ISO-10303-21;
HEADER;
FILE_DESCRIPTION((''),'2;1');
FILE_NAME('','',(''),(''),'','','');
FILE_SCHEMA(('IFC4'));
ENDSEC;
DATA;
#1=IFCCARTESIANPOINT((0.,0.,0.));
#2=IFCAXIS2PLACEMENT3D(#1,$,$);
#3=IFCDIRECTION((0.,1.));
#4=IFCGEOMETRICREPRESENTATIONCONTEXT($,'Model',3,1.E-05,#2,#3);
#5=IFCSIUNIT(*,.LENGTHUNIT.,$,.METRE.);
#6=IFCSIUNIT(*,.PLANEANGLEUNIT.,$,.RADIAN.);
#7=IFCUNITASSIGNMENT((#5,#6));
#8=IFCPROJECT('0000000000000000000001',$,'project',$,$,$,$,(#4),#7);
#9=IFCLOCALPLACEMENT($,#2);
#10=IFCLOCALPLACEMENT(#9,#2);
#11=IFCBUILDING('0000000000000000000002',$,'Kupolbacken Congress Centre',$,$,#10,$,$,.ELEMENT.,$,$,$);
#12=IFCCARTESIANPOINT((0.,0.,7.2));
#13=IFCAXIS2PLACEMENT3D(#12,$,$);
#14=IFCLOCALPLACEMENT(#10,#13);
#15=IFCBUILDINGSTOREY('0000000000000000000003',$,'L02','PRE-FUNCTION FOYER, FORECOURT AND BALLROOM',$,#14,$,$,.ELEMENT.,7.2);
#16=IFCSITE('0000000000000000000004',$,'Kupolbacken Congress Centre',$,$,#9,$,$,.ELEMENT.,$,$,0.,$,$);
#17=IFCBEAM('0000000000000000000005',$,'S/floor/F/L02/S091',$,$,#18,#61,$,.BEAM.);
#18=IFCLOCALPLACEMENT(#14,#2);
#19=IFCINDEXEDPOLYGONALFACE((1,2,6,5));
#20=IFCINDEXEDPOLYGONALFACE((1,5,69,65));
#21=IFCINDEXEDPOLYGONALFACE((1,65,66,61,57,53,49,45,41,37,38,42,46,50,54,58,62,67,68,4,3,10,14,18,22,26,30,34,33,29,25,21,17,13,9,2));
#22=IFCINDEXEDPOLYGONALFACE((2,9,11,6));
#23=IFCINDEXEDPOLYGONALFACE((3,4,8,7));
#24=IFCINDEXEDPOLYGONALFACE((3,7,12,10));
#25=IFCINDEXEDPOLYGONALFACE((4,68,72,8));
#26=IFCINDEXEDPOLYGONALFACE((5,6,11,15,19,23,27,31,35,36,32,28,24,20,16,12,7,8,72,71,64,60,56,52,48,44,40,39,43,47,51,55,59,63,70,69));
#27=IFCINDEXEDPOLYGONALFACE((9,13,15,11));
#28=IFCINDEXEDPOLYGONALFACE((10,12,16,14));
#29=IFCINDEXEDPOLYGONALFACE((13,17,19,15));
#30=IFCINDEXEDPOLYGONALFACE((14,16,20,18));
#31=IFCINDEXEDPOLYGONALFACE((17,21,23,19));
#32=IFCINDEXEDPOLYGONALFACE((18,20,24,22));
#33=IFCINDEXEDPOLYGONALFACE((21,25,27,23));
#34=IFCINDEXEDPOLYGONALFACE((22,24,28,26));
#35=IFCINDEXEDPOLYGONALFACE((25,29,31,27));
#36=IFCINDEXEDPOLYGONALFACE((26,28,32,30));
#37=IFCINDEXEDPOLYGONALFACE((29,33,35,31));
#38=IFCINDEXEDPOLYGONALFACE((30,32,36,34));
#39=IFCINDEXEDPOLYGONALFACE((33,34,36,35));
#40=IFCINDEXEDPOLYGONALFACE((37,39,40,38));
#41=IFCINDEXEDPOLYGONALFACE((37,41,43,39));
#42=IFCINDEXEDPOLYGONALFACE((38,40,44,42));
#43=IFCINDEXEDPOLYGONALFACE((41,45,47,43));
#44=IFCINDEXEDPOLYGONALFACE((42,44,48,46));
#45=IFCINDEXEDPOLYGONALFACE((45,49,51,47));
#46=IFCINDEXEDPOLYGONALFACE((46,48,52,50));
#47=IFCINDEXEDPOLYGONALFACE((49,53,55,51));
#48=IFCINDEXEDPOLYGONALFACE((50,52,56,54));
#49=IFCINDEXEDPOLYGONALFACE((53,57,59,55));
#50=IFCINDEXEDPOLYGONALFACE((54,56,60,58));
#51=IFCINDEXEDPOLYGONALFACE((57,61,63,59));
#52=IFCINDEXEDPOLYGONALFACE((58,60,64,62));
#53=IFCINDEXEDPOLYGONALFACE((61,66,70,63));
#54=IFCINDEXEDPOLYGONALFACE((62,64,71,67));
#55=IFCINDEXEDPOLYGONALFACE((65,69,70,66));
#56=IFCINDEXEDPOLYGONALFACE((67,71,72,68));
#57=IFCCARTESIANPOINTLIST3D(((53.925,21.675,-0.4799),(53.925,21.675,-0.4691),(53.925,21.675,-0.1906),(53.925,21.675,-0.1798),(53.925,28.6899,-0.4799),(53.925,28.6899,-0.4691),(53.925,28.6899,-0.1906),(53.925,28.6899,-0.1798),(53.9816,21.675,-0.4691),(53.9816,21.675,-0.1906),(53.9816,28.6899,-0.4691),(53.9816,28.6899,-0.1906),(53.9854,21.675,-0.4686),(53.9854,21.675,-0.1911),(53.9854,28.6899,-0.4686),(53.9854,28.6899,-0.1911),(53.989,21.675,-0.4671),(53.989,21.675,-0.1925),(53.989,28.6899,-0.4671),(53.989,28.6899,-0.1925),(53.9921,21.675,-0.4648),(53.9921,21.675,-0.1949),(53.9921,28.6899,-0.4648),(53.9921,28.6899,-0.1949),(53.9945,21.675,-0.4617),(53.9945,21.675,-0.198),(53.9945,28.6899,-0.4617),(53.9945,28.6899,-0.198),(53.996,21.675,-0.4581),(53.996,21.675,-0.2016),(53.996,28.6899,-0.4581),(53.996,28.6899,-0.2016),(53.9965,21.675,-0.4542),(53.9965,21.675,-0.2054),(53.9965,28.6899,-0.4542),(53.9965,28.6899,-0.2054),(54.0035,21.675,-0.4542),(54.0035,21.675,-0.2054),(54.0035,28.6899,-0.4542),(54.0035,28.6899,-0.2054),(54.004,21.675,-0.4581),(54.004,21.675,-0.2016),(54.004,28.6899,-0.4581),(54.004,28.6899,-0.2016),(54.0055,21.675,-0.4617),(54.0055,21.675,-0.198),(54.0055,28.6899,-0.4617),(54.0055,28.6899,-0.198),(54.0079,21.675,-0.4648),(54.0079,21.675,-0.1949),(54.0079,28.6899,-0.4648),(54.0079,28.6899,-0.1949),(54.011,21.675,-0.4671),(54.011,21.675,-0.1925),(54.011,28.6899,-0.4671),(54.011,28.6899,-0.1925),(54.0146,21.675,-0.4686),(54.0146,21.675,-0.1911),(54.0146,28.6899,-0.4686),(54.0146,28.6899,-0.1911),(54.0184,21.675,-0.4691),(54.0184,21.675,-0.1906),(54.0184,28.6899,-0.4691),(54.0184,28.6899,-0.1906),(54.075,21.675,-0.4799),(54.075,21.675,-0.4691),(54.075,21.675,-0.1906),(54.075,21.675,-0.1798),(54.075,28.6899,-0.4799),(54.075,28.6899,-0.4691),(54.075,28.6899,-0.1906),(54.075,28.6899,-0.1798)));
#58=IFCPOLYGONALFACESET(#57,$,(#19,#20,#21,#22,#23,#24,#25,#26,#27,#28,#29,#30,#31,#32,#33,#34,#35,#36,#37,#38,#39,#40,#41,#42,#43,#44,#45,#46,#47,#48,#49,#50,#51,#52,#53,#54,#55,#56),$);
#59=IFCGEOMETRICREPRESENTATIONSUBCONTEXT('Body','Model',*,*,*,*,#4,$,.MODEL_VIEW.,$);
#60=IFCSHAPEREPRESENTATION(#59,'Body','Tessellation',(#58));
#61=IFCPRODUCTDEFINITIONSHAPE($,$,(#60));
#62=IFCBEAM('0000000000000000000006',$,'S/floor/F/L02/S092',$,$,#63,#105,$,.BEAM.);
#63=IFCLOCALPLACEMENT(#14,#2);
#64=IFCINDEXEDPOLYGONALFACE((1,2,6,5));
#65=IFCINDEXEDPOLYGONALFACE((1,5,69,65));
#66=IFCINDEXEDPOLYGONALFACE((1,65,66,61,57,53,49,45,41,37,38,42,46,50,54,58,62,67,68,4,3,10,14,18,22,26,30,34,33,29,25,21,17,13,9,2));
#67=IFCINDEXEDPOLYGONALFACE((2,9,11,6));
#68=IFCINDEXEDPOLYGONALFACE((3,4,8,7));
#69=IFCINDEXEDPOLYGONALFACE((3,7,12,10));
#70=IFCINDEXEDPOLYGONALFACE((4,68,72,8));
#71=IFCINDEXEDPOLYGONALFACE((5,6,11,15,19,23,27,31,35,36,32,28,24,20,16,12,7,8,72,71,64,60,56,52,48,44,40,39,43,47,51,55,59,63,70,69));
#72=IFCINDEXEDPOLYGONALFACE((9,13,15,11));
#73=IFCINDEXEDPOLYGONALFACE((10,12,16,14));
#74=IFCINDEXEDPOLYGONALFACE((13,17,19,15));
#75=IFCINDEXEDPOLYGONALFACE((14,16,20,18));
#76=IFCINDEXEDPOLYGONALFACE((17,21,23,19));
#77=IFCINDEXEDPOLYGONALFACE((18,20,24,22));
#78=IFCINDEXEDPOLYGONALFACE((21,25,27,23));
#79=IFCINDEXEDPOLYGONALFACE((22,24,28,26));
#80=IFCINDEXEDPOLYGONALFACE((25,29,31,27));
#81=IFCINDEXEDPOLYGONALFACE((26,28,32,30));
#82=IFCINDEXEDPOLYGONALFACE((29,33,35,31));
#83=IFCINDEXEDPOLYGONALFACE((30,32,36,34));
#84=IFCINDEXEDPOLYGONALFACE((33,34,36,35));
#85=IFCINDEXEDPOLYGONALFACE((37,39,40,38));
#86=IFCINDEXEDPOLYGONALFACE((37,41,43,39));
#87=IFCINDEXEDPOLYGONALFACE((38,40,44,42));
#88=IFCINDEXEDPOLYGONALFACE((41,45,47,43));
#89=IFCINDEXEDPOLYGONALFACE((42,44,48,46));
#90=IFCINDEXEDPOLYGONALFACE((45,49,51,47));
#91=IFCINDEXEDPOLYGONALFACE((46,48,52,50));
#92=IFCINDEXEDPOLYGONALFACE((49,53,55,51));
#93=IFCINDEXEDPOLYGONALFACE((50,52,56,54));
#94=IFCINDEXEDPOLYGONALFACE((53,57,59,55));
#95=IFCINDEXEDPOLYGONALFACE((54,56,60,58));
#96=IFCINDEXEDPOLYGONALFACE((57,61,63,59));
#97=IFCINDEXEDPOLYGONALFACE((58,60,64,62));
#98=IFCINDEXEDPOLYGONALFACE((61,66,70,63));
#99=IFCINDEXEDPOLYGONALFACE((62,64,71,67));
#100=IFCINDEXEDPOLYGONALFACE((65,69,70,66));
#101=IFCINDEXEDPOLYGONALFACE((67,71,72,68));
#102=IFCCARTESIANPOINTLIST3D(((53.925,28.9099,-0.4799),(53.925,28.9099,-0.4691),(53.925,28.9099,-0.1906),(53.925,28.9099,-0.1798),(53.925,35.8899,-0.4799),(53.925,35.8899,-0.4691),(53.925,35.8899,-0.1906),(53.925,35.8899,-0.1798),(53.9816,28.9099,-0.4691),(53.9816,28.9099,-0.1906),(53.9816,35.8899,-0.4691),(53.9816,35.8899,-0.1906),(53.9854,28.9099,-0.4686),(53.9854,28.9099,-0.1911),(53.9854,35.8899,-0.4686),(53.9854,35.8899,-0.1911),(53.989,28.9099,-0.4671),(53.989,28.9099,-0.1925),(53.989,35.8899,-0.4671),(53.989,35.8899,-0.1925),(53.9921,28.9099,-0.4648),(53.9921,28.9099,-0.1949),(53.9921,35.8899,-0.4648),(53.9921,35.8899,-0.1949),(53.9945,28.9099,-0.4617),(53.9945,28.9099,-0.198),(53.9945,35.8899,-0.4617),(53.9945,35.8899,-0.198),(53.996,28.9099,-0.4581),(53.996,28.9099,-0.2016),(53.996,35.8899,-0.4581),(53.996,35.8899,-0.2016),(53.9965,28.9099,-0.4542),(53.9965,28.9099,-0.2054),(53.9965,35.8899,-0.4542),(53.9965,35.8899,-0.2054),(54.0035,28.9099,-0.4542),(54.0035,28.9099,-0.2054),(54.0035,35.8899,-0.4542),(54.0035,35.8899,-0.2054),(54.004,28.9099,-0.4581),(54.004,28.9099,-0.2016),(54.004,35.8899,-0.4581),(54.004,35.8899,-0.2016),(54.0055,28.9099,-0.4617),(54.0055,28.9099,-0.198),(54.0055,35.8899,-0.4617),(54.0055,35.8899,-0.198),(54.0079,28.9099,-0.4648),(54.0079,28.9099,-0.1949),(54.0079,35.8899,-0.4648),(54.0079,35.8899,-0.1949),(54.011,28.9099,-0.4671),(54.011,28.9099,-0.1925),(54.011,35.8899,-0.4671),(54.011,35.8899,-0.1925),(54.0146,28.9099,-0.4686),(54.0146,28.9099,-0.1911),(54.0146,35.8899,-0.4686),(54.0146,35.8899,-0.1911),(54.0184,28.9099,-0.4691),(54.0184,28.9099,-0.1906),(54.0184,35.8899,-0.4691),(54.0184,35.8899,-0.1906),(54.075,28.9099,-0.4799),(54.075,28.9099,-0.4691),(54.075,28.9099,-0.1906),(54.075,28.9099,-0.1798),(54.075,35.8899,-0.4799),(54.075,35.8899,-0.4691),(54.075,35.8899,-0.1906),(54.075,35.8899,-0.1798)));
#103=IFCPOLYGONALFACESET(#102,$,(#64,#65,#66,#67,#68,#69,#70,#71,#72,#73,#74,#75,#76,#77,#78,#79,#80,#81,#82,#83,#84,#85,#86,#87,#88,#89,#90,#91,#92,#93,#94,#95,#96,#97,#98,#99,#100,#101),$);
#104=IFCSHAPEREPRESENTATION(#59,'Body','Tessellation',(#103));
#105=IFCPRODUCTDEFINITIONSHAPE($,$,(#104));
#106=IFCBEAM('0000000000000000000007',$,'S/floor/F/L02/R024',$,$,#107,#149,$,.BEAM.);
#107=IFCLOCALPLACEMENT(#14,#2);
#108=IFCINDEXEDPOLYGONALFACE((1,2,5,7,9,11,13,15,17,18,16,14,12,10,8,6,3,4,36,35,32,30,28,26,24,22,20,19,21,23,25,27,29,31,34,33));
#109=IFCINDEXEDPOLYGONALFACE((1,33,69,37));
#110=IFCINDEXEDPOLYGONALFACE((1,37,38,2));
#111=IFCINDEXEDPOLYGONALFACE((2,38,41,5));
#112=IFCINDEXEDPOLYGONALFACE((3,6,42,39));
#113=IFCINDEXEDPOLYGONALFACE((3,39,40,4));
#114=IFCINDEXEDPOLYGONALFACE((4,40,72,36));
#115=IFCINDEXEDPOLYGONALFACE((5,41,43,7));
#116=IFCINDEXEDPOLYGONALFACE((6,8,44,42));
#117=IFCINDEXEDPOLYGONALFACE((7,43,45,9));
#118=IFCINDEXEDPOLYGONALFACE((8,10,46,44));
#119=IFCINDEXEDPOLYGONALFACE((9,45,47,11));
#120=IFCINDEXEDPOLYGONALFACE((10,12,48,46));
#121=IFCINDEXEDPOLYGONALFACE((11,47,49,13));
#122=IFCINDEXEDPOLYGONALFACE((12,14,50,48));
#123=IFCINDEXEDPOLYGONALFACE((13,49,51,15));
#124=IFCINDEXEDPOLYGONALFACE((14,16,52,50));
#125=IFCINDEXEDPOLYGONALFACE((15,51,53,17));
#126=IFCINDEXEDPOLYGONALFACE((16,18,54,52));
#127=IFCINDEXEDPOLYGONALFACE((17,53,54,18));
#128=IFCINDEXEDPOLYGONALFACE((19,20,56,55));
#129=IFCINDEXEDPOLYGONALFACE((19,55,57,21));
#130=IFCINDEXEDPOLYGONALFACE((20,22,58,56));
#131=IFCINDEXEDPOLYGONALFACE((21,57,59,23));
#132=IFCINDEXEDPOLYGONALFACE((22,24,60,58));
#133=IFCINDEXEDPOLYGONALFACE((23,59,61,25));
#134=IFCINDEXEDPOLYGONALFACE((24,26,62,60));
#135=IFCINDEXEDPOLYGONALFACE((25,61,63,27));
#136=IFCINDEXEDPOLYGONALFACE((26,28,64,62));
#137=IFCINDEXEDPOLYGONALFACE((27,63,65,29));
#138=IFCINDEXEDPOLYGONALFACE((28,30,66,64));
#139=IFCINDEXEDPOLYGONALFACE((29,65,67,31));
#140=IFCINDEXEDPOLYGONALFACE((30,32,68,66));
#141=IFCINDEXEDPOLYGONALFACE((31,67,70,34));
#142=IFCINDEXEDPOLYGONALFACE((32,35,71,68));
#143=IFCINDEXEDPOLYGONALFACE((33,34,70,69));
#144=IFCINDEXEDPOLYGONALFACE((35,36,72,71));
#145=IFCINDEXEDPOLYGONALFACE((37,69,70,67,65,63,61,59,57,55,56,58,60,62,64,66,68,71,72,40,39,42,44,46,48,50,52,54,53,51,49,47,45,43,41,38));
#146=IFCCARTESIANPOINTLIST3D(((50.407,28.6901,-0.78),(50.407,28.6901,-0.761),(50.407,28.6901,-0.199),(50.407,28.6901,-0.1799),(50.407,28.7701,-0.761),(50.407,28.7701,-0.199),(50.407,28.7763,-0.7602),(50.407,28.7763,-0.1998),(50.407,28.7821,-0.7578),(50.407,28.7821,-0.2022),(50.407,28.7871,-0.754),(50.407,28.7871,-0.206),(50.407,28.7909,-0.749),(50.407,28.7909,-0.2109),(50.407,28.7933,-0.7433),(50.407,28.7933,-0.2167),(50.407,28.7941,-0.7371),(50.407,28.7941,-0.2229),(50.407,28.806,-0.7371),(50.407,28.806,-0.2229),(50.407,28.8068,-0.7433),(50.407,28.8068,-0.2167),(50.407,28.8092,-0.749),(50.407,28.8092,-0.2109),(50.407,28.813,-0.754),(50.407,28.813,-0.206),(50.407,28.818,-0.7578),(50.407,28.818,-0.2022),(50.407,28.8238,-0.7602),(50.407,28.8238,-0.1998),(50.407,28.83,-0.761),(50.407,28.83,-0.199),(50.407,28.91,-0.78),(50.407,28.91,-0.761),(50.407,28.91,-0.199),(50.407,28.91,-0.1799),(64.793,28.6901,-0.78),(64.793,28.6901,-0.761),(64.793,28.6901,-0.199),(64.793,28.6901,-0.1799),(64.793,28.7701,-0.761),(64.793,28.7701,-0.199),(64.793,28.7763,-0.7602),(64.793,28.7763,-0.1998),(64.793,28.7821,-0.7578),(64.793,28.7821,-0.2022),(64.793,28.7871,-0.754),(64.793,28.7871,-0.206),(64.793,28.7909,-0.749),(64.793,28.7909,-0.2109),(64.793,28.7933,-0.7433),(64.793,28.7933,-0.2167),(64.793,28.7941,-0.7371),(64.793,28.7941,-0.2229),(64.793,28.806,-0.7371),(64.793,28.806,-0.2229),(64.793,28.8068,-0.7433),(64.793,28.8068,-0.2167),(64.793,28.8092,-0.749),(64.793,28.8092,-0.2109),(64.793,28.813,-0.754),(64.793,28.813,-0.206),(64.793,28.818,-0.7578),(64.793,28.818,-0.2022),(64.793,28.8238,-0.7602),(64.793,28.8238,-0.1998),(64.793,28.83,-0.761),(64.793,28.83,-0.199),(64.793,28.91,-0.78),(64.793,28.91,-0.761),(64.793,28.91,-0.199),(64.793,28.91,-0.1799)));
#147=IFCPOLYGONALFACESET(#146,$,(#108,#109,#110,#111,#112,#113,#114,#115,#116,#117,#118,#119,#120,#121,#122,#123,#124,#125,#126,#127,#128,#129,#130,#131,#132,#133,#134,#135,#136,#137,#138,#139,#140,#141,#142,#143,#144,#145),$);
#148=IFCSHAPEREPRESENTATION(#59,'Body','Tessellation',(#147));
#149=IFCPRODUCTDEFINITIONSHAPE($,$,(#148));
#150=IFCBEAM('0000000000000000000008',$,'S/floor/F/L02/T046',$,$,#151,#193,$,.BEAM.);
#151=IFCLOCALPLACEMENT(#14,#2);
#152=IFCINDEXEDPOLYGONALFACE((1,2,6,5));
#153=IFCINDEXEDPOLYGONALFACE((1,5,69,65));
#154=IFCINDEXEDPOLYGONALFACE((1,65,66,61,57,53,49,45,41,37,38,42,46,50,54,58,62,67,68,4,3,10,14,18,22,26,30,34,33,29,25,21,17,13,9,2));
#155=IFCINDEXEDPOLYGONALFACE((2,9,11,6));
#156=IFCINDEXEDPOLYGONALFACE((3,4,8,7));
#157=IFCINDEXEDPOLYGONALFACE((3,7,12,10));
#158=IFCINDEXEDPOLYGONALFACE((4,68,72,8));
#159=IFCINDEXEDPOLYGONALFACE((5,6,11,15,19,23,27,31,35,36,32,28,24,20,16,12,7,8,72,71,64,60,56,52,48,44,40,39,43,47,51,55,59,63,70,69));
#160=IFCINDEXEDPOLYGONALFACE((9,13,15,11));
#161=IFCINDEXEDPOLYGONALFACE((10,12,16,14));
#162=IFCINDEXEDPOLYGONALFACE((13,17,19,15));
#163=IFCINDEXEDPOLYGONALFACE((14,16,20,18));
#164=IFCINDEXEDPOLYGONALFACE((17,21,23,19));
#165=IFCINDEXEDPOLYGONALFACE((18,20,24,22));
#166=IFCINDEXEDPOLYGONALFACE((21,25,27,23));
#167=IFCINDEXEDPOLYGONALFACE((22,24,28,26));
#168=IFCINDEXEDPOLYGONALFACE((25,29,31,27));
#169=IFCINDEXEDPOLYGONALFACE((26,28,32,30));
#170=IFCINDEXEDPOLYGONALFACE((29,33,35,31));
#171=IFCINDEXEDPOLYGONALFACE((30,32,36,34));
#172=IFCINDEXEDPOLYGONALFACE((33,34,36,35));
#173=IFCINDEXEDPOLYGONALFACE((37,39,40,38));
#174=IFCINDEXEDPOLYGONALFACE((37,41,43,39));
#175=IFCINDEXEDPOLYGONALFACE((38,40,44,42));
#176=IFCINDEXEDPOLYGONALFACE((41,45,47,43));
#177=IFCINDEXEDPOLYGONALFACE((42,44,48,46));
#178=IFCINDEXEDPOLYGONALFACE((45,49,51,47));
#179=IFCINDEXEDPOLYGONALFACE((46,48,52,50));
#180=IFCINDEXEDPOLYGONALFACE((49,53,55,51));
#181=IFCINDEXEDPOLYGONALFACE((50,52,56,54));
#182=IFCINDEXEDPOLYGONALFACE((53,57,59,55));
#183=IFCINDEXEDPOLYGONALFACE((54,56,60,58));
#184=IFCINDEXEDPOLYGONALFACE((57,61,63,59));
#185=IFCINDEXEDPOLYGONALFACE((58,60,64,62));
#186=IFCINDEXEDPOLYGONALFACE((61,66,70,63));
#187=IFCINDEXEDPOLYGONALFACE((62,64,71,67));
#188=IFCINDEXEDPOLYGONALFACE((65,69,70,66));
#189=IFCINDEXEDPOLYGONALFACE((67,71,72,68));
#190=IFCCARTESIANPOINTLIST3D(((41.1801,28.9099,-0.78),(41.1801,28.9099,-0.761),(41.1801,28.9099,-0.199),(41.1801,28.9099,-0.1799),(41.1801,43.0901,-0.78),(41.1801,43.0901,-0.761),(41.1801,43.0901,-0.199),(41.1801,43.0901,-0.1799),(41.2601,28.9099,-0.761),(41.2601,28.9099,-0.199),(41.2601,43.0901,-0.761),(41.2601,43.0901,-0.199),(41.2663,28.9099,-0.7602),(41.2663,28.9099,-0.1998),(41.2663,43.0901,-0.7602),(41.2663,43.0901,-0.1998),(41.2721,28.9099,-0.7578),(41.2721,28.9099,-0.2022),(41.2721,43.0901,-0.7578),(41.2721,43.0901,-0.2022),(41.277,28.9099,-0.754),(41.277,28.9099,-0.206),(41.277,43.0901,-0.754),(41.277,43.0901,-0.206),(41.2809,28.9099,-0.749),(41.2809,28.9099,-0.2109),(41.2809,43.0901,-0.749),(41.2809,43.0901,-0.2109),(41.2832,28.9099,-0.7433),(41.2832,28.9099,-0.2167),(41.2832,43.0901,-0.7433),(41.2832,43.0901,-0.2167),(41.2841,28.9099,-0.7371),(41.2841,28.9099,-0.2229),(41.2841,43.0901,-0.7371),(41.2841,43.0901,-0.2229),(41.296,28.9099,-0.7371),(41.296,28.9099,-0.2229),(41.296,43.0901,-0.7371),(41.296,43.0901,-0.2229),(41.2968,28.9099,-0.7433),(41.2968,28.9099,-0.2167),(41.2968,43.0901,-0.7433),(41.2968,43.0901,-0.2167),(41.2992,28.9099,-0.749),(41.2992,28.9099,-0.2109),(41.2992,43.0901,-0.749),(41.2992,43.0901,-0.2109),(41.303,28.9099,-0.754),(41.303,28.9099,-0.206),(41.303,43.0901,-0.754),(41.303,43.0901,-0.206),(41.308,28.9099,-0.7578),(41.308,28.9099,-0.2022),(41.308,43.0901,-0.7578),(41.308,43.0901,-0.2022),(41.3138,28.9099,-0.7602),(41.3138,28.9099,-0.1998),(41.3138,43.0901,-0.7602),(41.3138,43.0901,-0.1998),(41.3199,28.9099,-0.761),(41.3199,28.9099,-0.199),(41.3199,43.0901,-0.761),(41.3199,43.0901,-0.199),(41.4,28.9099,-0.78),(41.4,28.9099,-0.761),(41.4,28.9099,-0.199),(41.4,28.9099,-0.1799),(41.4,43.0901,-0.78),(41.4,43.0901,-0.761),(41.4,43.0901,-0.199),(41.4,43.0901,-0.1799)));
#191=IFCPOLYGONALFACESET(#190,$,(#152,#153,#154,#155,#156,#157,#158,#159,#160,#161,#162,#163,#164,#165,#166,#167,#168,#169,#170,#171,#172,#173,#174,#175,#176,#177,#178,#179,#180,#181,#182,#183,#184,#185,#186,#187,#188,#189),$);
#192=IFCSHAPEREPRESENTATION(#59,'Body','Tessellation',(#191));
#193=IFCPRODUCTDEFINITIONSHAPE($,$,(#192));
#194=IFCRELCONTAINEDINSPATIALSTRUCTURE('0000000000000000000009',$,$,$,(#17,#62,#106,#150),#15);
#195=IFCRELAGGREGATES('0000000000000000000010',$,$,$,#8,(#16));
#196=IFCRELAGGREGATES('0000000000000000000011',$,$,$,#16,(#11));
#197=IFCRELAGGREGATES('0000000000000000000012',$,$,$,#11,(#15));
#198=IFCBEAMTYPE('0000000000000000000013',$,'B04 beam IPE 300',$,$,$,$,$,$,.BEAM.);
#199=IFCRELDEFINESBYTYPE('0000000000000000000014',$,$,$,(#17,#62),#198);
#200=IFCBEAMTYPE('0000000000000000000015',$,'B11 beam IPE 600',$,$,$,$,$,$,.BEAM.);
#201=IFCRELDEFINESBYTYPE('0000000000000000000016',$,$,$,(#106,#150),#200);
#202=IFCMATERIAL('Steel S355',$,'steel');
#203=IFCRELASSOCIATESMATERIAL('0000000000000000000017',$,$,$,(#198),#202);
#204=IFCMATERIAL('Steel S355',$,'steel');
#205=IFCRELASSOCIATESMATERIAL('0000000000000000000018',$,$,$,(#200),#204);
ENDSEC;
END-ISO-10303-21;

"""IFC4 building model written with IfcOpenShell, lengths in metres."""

from ifc_helpers import new_model, si_unit, direction, frame, origin, origin_2d, place, context, subcontext, project, spatial, i_section, extrude, material, material_profile, profile_set, type_object, element, save


model = new_model("IFC4")

# Units and contexts
model_context = context("Model", 3, precision=1e-05, world=origin(), true_north=direction((0.0, 1.0)))
body_context = subcontext(model_context, "Body", "Model", "MODEL_VIEW")
ifc_project = project(units=[si_unit("LENGTHUNIT", "METRE"), si_unit("PLANEANGLEUNIT", "RADIAN")], contexts=[model_context])

# Site, building, storey
site_placement = place(None, origin())
site = spatial("IfcSite", under=ifc_project, at=site_placement, Name="Kupolbacken Congress Centre", CompositionType="ELEMENT", RefElevation=0.0)
building_placement = place(site_placement, origin())
building = spatial("IfcBuilding", under=site, at=building_placement, Name="Kupolbacken Congress Centre", CompositionType="ELEMENT")
storey_placement = place(building_placement, frame((0.0, 0.0, 7.2)))
storey = spatial("IfcBuildingStorey", under=building, at=storey_placement, Name="L02", Description="PRE-FUNCTION FOYER, FORECOURT AND BALLROOM", CompositionType="ELEMENT", Elevation=7.2)

# Beams
ifc_material_1 = material(Name="Steel S355", Category="steel")
ifc_material_profile_1 = material_profile(ifc_material_1, i_section(OverallWidth=0.1499, OverallDepth=0.3, WebThickness=0.0071, FlangeThickness=0.0107, FilletRadius=0.0149, at=origin_2d()), Name="IPE 300")
ifc_profile_set_1 = profile_set([ifc_material_profile_1], Name="Steel S355")
beam_type_1 = type_object("IfcBeamType", Name="B04 beam IPE 300", PredefinedType="BEAM", material=ifc_profile_set_1)
beam_1_placement = place(storey_placement, frame((54.0, 21.675, -0.3298), z_axis=(0.0, 1.0, 0.0), x_axis=(-1.0, 0.0, 0.0)))
element("IfcBeam", 1, at=beam_1_placement, inside=storey, type_object=beam_type_1, Name="S/floor/F/L02/S091", PredefinedType="BEAM", context=body_context, shape_type="SweptSolid", body=[
    extrude(i_section(OverallWidth=0.1499, OverallDepth=0.3, WebThickness=0.0071, FlangeThickness=0.0107, FilletRadius=0.0149, at=origin_2d()), origin(), (0.0, 0.0, 1.0), 7.0149),
])
beam_2_placement = place(storey_placement, frame((54.0, 28.9099, -0.3298), z_axis=(0.0, 1.0, 0.0), x_axis=(-1.0, 0.0, 0.0)))
element("IfcBeam", 2, at=beam_2_placement, inside=storey, type_object=beam_type_1, Name="S/floor/F/L02/S092", PredefinedType="BEAM", context=body_context, shape_type="SweptSolid", body=[
    extrude(i_section(OverallWidth=0.1499, OverallDepth=0.3, WebThickness=0.0071, FlangeThickness=0.0107, FilletRadius=0.0149, at=origin_2d()), origin(), (0.0, 0.0, 1.0), 6.98),
])
ifc_material_2 = material(Name="Steel S355", Category="steel")
ifc_material_profile_2 = material_profile(ifc_material_2, i_section(OverallWidth=0.22, OverallDepth=0.6001, WebThickness=0.012, FlangeThickness=0.019, FilletRadius=0.0239, at=origin_2d()), Name="IPE 600")
ifc_profile_set_2 = profile_set([ifc_material_profile_2], Name="Steel S355")
beam_type_2 = type_object("IfcBeamType", Name="B11 beam IPE 600", PredefinedType="BEAM", material=ifc_profile_set_2)
beam_3_placement = place(storey_placement, frame((50.407, 28.8, -0.48), z_axis=(1.0, 0.0, 0.0), x_axis=(0.0, 1.0, 0.0)))
element("IfcBeam", 3, at=beam_3_placement, inside=storey, type_object=beam_type_2, Name="S/floor/F/L02/R024", PredefinedType="BEAM", context=body_context, shape_type="SweptSolid", body=[
    extrude(i_section(OverallWidth=0.22, OverallDepth=0.6001, WebThickness=0.012, FlangeThickness=0.019, FilletRadius=0.0239, at=origin_2d()), origin(), (0.0, 0.0, 1.0), 14.386),
])
for number, where, z_axis, x_axis, name in (
    (4, (41.29, 28.9099, -0.48), (0.0, 1.0, 0.0), (-1.0, 0.0, 0.0), "S/floor/F/L02/T046"),
):
    element("IfcBeam", number, at=place(storey_placement, frame(where, z_axis=z_axis, x_axis=x_axis)), inside=storey, type_object=beam_type_2, Name=name, PredefinedType="BEAM", context=body_context, shape_type="SweptSolid", body=[
        extrude(i_section(OverallWidth=0.22, OverallDepth=0.6001, WebThickness=0.012, FlangeThickness=0.019, FilletRadius=0.0239, at=origin_2d()), origin(), (0.0, 0.0, 1.0), 14.1802),
    ])

save(model, "model.ifc")
